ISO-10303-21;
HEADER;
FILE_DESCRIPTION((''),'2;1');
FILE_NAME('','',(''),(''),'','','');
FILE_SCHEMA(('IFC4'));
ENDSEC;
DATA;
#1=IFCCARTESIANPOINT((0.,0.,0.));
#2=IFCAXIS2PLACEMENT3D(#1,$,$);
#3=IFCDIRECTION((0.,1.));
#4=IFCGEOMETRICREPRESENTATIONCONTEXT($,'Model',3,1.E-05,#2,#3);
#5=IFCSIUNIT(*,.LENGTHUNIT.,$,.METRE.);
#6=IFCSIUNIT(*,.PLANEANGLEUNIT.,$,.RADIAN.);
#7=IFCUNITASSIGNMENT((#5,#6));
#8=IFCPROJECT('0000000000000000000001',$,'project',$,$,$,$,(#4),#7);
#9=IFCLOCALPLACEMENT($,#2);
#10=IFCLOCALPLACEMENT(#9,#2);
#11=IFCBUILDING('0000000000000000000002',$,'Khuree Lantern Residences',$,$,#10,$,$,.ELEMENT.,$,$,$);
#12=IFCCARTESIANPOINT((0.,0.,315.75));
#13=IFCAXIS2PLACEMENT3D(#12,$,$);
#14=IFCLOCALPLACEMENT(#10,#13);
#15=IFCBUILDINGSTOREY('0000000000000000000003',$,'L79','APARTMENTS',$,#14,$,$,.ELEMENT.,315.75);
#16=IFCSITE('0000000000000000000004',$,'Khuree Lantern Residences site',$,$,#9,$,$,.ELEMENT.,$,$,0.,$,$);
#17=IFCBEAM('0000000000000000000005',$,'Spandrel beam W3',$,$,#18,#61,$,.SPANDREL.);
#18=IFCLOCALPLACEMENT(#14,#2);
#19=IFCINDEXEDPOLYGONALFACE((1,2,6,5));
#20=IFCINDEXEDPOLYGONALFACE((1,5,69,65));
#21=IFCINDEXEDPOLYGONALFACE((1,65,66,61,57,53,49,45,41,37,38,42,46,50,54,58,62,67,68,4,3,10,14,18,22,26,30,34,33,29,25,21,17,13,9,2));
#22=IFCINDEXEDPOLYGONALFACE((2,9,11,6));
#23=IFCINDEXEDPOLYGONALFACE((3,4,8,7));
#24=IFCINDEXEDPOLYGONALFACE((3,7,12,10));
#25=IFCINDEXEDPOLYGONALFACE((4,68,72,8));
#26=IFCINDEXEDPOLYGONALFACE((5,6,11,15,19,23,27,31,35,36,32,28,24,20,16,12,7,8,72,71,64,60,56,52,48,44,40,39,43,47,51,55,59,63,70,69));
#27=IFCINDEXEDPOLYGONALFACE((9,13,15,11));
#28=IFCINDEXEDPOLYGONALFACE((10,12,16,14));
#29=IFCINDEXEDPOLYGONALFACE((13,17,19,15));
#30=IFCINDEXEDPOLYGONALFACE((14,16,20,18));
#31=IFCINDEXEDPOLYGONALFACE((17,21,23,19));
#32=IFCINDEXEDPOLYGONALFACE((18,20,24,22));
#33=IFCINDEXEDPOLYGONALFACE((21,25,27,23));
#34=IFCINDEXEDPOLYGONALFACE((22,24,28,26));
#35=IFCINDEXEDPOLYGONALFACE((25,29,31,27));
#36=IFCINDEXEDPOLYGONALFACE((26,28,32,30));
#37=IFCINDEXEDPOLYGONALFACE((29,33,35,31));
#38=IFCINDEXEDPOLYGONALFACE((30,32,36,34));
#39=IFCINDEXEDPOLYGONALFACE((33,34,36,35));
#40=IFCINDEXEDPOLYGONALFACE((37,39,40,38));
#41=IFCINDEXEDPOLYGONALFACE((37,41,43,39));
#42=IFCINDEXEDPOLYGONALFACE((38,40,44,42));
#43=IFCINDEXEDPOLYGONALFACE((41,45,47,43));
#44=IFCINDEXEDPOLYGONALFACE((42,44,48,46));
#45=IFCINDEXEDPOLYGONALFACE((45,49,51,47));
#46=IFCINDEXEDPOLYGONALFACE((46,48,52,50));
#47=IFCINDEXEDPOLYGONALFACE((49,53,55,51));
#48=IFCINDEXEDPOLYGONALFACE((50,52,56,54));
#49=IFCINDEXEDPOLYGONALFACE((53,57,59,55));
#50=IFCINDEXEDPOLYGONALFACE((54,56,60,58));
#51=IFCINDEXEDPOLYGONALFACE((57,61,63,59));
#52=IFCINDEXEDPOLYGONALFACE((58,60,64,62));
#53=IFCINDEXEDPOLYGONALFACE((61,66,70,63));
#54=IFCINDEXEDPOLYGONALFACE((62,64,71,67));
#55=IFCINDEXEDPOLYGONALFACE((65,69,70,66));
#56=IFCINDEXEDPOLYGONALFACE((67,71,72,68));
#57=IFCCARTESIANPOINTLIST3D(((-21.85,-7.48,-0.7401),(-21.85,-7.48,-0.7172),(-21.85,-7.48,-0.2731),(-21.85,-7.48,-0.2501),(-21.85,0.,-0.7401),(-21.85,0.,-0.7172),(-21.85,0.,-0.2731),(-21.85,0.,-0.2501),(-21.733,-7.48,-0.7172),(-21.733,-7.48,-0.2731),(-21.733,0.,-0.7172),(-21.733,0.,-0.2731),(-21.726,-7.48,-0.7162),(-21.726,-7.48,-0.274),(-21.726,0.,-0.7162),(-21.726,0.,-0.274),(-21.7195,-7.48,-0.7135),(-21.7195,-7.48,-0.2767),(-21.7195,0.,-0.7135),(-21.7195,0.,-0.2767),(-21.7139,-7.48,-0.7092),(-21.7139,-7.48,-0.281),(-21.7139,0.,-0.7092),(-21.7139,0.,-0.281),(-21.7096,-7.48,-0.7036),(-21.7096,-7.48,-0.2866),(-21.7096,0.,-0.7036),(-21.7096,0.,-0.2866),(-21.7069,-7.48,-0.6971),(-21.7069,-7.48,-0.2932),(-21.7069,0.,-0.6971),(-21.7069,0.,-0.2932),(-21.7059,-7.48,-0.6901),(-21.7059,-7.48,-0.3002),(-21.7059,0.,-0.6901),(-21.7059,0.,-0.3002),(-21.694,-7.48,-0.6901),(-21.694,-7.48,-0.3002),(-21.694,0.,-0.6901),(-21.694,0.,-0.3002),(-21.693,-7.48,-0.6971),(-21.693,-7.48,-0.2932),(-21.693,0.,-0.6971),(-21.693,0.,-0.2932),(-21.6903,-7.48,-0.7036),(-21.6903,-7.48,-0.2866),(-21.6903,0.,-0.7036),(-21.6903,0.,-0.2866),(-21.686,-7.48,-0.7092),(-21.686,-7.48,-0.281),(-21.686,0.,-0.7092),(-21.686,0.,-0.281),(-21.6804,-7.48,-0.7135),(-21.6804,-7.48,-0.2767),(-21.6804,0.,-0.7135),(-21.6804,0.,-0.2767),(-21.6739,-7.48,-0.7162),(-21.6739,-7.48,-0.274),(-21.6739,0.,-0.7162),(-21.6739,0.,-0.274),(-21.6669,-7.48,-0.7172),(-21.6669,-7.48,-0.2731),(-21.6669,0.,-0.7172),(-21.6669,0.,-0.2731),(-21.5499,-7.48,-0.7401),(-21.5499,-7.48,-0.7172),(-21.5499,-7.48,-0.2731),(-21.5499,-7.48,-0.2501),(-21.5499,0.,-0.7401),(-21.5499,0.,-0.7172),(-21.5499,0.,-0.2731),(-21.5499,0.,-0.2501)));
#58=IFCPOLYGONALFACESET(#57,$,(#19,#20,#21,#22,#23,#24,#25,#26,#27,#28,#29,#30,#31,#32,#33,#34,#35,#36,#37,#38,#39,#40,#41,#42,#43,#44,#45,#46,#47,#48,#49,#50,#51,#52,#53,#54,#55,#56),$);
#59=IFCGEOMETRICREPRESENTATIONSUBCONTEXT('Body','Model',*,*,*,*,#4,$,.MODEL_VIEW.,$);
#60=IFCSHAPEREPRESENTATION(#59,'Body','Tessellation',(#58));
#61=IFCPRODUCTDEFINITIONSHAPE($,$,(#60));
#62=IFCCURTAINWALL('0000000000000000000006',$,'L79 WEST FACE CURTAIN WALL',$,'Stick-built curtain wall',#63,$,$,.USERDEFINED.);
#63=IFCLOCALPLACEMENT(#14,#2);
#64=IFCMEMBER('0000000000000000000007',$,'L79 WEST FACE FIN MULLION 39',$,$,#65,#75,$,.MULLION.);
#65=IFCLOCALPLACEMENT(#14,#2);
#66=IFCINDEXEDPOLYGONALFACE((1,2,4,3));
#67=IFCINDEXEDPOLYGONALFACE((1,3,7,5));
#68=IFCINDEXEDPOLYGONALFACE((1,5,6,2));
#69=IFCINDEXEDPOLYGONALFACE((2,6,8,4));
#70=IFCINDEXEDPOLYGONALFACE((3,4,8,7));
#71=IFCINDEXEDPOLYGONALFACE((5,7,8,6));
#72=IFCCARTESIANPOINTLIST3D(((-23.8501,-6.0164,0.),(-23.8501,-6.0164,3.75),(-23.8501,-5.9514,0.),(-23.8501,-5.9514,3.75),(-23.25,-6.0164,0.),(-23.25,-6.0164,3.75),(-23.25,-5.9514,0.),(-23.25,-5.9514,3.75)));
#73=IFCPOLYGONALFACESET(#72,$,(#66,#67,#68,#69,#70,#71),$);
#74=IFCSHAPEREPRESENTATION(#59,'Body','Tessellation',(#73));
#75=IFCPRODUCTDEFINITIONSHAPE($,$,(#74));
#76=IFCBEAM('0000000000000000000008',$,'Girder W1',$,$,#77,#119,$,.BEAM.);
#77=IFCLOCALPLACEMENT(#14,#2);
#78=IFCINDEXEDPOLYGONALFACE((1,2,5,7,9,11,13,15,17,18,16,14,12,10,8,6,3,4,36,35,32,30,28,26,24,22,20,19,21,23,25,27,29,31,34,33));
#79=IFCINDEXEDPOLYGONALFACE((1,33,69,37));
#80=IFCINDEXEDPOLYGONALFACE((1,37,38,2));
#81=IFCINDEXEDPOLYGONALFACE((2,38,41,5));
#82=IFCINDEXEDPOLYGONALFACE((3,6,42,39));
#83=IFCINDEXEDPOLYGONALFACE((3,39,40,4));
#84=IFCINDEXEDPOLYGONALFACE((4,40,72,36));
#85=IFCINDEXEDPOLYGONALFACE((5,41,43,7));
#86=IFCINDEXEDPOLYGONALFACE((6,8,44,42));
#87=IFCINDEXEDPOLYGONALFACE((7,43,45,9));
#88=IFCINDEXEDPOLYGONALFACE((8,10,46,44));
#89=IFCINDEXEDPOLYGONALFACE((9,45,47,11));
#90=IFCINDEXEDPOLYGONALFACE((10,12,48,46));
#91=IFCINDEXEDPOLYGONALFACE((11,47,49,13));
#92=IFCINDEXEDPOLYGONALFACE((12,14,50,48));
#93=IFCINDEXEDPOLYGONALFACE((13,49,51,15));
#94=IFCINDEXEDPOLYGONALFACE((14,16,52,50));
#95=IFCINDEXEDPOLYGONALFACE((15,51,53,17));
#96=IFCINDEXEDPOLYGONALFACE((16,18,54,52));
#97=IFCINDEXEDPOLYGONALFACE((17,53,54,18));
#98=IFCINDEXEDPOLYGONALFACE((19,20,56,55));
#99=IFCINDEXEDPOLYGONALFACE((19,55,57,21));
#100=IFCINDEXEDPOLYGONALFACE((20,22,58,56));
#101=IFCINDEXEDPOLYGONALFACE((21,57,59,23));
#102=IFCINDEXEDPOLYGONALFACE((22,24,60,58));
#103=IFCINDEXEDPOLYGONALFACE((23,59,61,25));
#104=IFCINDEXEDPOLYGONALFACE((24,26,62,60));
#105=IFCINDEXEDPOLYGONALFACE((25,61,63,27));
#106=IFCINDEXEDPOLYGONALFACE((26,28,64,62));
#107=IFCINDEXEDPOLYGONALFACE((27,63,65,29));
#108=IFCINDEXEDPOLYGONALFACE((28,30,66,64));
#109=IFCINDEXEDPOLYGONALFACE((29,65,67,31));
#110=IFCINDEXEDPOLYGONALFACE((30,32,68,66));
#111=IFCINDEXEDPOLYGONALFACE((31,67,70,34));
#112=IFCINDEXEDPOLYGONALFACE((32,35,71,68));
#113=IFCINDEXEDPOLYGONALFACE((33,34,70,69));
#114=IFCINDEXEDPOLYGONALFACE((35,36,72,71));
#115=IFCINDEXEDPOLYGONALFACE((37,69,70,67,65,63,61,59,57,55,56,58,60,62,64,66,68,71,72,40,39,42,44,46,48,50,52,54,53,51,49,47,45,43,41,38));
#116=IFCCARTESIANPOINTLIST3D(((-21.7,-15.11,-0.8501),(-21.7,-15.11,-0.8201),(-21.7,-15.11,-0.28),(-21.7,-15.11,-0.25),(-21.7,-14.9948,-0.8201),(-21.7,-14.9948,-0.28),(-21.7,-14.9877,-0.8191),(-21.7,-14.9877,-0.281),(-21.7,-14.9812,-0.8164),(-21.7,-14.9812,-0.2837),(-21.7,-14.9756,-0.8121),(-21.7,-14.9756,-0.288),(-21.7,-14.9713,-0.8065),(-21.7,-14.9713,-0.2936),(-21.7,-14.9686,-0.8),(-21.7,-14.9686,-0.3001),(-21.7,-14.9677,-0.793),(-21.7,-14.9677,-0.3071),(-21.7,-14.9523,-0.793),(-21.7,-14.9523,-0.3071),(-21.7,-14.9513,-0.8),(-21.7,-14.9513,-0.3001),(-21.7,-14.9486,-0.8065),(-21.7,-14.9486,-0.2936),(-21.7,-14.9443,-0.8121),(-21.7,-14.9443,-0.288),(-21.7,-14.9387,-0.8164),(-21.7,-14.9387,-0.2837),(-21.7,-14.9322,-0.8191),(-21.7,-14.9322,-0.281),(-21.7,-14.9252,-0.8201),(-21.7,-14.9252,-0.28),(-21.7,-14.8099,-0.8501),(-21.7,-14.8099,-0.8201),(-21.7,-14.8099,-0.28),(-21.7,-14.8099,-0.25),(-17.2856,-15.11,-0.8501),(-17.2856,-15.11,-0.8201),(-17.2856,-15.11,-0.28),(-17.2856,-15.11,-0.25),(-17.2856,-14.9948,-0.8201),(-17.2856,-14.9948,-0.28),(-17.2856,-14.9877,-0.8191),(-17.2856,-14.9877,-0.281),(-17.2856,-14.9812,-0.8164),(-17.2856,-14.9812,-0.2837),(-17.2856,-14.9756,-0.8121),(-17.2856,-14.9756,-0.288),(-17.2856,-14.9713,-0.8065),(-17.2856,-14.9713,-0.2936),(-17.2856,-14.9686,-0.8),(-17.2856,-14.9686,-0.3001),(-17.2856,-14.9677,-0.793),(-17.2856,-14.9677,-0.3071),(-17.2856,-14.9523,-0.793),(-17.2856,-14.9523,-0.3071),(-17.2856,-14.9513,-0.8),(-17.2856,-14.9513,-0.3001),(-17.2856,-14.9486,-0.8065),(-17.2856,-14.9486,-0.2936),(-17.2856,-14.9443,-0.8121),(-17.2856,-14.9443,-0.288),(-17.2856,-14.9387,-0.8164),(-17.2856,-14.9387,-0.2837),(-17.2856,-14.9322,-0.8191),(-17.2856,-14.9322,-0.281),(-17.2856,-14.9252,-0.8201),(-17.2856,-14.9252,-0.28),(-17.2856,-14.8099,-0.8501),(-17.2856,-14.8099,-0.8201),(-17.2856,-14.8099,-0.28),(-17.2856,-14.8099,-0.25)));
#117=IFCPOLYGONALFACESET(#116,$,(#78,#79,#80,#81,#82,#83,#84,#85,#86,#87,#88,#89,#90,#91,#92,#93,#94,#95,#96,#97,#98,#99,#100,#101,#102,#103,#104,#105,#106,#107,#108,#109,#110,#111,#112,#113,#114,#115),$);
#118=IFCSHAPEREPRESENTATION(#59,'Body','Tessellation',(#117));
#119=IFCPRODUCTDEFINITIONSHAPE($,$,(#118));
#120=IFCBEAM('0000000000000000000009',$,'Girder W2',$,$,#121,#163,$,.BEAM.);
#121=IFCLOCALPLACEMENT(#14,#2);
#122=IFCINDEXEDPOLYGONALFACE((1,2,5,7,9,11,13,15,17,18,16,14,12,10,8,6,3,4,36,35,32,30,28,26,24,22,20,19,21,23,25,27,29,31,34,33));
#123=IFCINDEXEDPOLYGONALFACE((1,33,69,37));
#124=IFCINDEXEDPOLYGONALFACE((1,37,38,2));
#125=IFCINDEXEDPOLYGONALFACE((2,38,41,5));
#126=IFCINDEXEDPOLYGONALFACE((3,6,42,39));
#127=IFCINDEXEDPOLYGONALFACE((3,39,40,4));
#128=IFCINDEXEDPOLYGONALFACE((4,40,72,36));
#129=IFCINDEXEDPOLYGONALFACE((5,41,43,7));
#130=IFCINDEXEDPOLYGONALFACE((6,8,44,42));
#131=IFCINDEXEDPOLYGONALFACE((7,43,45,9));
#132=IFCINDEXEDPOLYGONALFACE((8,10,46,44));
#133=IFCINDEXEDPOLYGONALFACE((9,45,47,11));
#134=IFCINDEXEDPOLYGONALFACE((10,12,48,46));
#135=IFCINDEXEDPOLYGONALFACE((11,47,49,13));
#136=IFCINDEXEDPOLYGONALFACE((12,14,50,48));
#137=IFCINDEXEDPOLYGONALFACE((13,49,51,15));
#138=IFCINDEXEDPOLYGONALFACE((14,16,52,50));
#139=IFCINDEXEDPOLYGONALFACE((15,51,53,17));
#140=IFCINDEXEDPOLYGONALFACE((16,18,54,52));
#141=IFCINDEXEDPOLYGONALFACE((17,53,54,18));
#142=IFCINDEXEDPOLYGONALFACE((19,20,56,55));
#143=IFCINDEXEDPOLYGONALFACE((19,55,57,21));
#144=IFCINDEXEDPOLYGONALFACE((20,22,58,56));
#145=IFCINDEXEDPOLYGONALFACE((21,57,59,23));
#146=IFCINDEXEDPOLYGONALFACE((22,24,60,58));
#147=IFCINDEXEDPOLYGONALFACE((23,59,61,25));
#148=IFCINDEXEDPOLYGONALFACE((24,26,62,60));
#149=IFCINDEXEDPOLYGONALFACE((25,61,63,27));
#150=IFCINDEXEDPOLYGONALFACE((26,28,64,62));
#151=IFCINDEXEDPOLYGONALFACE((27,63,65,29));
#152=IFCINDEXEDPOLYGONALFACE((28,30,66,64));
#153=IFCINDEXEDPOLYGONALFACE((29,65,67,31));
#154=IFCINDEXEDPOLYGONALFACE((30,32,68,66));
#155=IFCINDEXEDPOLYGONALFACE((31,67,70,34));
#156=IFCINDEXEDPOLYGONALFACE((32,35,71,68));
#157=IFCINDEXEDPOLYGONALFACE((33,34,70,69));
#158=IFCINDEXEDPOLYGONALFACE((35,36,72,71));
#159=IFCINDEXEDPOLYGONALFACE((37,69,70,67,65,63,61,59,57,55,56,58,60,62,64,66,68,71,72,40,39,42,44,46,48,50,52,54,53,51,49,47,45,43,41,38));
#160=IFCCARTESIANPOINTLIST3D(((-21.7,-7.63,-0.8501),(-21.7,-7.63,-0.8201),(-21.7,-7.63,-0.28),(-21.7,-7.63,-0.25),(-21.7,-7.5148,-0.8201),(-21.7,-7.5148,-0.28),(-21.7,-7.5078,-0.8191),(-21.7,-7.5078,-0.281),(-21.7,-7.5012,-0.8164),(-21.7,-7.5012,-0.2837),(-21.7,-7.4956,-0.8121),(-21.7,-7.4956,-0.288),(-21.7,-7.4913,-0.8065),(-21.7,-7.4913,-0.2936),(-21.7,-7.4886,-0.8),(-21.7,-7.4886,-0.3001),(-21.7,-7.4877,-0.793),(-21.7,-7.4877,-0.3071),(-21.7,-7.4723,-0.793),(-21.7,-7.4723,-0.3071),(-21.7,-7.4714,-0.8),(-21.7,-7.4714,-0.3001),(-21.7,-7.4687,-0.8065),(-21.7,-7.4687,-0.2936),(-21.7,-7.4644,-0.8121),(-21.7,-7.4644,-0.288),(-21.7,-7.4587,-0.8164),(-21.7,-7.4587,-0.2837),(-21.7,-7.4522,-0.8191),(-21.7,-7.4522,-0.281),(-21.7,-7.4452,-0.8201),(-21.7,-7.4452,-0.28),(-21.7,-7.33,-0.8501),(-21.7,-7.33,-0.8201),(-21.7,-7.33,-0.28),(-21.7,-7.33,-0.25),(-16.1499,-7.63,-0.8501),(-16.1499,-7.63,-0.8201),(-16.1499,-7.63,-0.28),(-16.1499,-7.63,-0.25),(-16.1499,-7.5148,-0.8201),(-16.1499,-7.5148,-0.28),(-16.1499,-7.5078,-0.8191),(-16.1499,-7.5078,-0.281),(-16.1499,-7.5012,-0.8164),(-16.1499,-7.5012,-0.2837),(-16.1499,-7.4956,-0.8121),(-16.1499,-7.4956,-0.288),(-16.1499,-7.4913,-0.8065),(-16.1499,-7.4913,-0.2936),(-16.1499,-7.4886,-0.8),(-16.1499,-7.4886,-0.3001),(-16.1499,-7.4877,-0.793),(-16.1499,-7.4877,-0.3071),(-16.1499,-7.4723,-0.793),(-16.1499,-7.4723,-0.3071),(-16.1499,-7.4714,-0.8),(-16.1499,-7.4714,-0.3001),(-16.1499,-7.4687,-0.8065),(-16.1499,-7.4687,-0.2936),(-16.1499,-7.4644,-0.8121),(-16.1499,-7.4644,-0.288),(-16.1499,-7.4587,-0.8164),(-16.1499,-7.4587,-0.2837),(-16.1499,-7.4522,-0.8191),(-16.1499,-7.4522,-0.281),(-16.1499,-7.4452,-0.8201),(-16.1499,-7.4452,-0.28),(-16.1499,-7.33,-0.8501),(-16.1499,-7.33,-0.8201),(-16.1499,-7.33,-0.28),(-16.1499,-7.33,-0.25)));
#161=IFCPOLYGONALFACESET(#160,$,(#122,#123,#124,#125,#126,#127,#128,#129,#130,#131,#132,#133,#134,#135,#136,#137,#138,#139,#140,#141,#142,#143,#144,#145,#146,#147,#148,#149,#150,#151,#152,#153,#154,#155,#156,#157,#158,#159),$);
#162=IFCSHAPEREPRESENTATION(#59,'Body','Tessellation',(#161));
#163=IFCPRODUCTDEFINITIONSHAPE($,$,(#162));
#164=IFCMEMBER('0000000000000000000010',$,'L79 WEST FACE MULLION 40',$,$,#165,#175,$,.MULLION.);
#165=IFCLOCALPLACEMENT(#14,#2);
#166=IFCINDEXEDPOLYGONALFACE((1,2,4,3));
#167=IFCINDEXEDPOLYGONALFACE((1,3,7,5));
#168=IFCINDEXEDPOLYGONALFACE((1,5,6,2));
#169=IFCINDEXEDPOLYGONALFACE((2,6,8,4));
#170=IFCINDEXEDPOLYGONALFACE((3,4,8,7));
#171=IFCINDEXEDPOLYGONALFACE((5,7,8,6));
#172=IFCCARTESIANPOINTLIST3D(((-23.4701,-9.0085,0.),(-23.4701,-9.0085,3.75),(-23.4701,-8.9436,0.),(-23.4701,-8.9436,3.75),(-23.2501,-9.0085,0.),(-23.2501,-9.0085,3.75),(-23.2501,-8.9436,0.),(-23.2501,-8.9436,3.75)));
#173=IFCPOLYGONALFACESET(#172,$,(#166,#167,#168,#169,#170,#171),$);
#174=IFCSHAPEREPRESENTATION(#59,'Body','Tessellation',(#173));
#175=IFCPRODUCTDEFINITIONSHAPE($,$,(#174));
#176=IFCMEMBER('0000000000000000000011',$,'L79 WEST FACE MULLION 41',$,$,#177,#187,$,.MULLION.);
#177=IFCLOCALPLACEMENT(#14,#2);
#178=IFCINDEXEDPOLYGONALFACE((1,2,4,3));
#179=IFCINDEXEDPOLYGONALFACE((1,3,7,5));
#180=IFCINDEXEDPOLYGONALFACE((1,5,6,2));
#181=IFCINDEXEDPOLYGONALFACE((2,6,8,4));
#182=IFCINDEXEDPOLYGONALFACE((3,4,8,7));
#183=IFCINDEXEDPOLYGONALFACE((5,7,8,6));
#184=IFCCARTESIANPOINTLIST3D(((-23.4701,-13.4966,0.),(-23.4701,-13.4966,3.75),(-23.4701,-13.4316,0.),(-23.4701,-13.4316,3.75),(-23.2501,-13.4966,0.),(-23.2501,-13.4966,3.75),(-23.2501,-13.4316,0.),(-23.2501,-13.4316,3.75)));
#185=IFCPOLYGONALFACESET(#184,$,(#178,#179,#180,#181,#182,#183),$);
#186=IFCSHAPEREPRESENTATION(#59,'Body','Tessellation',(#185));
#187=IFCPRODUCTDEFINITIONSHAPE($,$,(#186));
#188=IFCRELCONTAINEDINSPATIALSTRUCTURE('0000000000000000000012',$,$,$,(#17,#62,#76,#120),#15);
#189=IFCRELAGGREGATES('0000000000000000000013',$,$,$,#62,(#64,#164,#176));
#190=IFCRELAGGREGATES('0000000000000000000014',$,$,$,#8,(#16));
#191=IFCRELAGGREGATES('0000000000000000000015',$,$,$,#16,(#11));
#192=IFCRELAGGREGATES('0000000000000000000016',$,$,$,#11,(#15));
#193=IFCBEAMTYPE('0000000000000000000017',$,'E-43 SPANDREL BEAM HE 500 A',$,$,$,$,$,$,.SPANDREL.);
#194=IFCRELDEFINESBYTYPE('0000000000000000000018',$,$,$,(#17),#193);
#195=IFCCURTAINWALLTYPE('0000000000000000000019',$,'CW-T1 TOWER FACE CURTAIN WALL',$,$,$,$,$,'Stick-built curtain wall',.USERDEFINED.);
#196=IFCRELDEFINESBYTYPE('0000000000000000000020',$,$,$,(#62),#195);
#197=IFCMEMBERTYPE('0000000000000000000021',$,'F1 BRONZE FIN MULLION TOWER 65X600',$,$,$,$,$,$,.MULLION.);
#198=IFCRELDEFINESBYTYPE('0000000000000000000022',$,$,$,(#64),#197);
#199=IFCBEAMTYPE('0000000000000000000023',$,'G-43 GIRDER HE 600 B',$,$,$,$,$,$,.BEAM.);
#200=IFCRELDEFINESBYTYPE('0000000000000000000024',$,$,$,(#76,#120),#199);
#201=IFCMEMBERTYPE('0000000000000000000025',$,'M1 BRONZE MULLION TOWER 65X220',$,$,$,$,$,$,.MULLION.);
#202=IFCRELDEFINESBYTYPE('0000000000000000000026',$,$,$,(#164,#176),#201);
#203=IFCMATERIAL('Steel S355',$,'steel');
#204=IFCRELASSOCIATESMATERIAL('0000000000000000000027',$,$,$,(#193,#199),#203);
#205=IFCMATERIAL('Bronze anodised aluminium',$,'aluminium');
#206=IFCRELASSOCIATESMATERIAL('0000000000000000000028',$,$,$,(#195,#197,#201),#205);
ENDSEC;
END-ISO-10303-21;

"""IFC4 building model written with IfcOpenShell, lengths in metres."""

from ifc_helpers import new_model, si_unit, direction, frame, origin, origin_2d, place, context, subcontext, project, spatial, rectangle, i_section, extrude, material, material_profile, profile_set, type_object, element, aggregate, save


model = new_model("IFC4")

# Units and contexts
model_context = context("Model", 3, precision=1e-05, world=origin(), true_north=direction((0.0, 1.0)))
body_context = subcontext(model_context, "Body", "Model", "MODEL_VIEW")
ifc_project = project(units=[si_unit("LENGTHUNIT", "METRE"), si_unit("PLANEANGLEUNIT", "RADIAN")], contexts=[model_context])

# Site, building, storey
site_placement = place(None, origin())
site = spatial("IfcSite", under=ifc_project, at=site_placement, Name="Khuree Lantern Residences site", CompositionType="ELEMENT", RefElevation=0.0)
building_placement = place(site_placement, origin())
building = spatial("IfcBuilding", under=site, at=building_placement, Name="Khuree Lantern Residences", CompositionType="ELEMENT")
storey_placement = place(building_placement, frame((0.0, 0.0, 315.75)))
storey = spatial("IfcBuildingStorey", under=building, at=storey_placement, Name="L79", Description="APARTMENTS", CompositionType="ELEMENT", Elevation=315.75)

# Beam
ifc_material_1 = material(Name="Steel S355", Category="steel")
ifc_material_profile_1 = material_profile(ifc_material_1, i_section(OverallWidth=0.3, OverallDepth=0.49, WebThickness=0.012, FlangeThickness=0.0229, FilletRadius=0.0271, at=origin_2d()), Name="HE 500 A")
ifc_profile_set_1 = profile_set([ifc_material_profile_1], Name="Steel S355")
beam_type_1 = type_object("IfcBeamType", Name="E-43 SPANDREL BEAM HE 500 A", PredefinedType="SPANDREL", material=ifc_profile_set_1)
for number, where, z_axis, x_axis, name in (
    (1, (-21.7, -7.48, -0.4951), (0.0, 1.0, 0.0), (-1.0, 0.0, 0.0), "Spandrel beam W3"),
):
    element("IfcBeam", number, at=place(storey_placement, frame(where, z_axis=z_axis, x_axis=x_axis)), inside=storey, type_object=beam_type_1, Name=name, PredefinedType="SPANDREL", context=body_context, shape_type="SweptSolid", body=[
        extrude(i_section(OverallWidth=0.3, OverallDepth=0.49, WebThickness=0.012, FlangeThickness=0.0229, FilletRadius=0.0271, at=origin_2d()), origin(), (0.0, 0.0, 1.0), 7.48),
    ])

# Curtain wall, member
ifc_material_2 = material(Name="Bronze anodised aluminium", Category="aluminium")
curtain_wall_type = type_object("IfcCurtainWallType", Name="CW-T1 TOWER FACE CURTAIN WALL", ElementType="Stick-built curtain wall", PredefinedType="USERDEFINED", material=ifc_material_2)
curtain_wall_placement = place(storey_placement, origin())
curtain_wall = element("IfcCurtainWall", 2, at=curtain_wall_placement, inside=storey, type_object=curtain_wall_type, Name="L79 WEST FACE CURTAIN WALL", ObjectType="Stick-built curtain wall", PredefinedType="USERDEFINED")
ifc_material_profile_2 = material_profile(ifc_material_2, rectangle(XDim=0.0649, YDim=0.6001, at=origin_2d()), Name="F1 65X600")
ifc_profile_set_2 = profile_set([ifc_material_profile_2], Name="Bronze anodised aluminium")
member_type_1 = type_object("IfcMemberType", Name="F1 BRONZE FIN MULLION TOWER 65X600", PredefinedType="MULLION", material=ifc_profile_set_2)
member_1_placement = place(storey_placement, frame((-23.55, -5.9839, 0.0), z_axis=(0.0, 0.0, 1.0), x_axis=(0.0, -1.0, 0.0)))
member_1 = element("IfcMember", 3, at=member_1_placement, type_object=member_type_1, Name="L79 WEST FACE FIN MULLION 39", PredefinedType="MULLION", context=body_context, shape_type="SweptSolid", body=[
    extrude(rectangle(XDim=0.0649, YDim=0.6001, at=origin_2d()), origin(), (0.0, 0.0, 1.0), 3.75),
])

# Beams
ifc_material_profile_3 = material_profile(ifc_material_1, i_section(OverallWidth=0.3, OverallDepth=0.6001, WebThickness=0.0154, FlangeThickness=0.03, FilletRadius=0.0271, at=origin_2d()), Name="HE 600 B")
ifc_profile_set_3 = profile_set([ifc_material_profile_3], Name="Steel S355")
beam_type_2 = type_object("IfcBeamType", Name="G-43 GIRDER HE 600 B", PredefinedType="BEAM", material=ifc_profile_set_3)
beam_1_placement = place(storey_placement, frame((-21.7, -14.96, -0.55), z_axis=(1.0, 0.0, 0.0), x_axis=(0.0, 1.0, 0.0)))
element("IfcBeam", 4, at=beam_1_placement, inside=storey, type_object=beam_type_2, Name="Girder W1", PredefinedType="BEAM", context=body_context, shape_type="SweptSolid", body=[
    extrude(i_section(OverallWidth=0.3, OverallDepth=0.6001, WebThickness=0.0154, FlangeThickness=0.03, FilletRadius=0.0271, at=origin_2d()), origin(), (0.0, 0.0, 1.0), 4.4143),
])
beam_2_placement = place(storey_placement, frame((-21.7, -7.48, -0.55), z_axis=(1.0, 0.0, 0.0), x_axis=(0.0, 1.0, 0.0)))
element("IfcBeam", 5, at=beam_2_placement, inside=storey, type_object=beam_type_2, Name="Girder W2", PredefinedType="BEAM", context=body_context, shape_type="SweptSolid", body=[
    extrude(i_section(OverallWidth=0.3, OverallDepth=0.6001, WebThickness=0.0154, FlangeThickness=0.03, FilletRadius=0.0271, at=origin_2d()), origin(), (0.0, 0.0, 1.0), 5.55),
])

# Members
ifc_material_profile_4 = material_profile(ifc_material_2, rectangle(XDim=0.0649, YDim=0.22, at=origin_2d()), Name="M1 65X220")
ifc_profile_set_4 = profile_set([ifc_material_profile_4], Name="Bronze anodised aluminium")
member_type_2 = type_object("IfcMemberType", Name="M1 BRONZE MULLION TOWER 65X220", PredefinedType="MULLION", material=ifc_profile_set_4)
member_2_placement = place(storey_placement, frame((-23.3601, -8.9761, 0.0), z_axis=(0.0, 0.0, 1.0), x_axis=(0.0, -1.0, 0.0)))
member_2 = element("IfcMember", 6, at=member_2_placement, type_object=member_type_2, Name="L79 WEST FACE MULLION 40", PredefinedType="MULLION", context=body_context, shape_type="SweptSolid", body=[
    extrude(rectangle(XDim=0.0649, YDim=0.22, at=origin_2d()), origin(), (0.0, 0.0, 1.0), 3.75),
])
member_3_placement = place(storey_placement, frame((-23.3601, -13.4641, 0.0), z_axis=(0.0, 0.0, 1.0), x_axis=(0.0, -1.0, 0.0)))
member_3 = element("IfcMember", 7, at=member_3_placement, type_object=member_type_2, Name="L79 WEST FACE MULLION 41", PredefinedType="MULLION", context=body_context, shape_type="SweptSolid", body=[
    extrude(rectangle(XDim=0.0649, YDim=0.22, at=origin_2d()), origin(), (0.0, 0.0, 1.0), 3.75),
])

aggregate(curtain_wall, [member_1, member_2, member_3])

save(model, "model.ifc")
